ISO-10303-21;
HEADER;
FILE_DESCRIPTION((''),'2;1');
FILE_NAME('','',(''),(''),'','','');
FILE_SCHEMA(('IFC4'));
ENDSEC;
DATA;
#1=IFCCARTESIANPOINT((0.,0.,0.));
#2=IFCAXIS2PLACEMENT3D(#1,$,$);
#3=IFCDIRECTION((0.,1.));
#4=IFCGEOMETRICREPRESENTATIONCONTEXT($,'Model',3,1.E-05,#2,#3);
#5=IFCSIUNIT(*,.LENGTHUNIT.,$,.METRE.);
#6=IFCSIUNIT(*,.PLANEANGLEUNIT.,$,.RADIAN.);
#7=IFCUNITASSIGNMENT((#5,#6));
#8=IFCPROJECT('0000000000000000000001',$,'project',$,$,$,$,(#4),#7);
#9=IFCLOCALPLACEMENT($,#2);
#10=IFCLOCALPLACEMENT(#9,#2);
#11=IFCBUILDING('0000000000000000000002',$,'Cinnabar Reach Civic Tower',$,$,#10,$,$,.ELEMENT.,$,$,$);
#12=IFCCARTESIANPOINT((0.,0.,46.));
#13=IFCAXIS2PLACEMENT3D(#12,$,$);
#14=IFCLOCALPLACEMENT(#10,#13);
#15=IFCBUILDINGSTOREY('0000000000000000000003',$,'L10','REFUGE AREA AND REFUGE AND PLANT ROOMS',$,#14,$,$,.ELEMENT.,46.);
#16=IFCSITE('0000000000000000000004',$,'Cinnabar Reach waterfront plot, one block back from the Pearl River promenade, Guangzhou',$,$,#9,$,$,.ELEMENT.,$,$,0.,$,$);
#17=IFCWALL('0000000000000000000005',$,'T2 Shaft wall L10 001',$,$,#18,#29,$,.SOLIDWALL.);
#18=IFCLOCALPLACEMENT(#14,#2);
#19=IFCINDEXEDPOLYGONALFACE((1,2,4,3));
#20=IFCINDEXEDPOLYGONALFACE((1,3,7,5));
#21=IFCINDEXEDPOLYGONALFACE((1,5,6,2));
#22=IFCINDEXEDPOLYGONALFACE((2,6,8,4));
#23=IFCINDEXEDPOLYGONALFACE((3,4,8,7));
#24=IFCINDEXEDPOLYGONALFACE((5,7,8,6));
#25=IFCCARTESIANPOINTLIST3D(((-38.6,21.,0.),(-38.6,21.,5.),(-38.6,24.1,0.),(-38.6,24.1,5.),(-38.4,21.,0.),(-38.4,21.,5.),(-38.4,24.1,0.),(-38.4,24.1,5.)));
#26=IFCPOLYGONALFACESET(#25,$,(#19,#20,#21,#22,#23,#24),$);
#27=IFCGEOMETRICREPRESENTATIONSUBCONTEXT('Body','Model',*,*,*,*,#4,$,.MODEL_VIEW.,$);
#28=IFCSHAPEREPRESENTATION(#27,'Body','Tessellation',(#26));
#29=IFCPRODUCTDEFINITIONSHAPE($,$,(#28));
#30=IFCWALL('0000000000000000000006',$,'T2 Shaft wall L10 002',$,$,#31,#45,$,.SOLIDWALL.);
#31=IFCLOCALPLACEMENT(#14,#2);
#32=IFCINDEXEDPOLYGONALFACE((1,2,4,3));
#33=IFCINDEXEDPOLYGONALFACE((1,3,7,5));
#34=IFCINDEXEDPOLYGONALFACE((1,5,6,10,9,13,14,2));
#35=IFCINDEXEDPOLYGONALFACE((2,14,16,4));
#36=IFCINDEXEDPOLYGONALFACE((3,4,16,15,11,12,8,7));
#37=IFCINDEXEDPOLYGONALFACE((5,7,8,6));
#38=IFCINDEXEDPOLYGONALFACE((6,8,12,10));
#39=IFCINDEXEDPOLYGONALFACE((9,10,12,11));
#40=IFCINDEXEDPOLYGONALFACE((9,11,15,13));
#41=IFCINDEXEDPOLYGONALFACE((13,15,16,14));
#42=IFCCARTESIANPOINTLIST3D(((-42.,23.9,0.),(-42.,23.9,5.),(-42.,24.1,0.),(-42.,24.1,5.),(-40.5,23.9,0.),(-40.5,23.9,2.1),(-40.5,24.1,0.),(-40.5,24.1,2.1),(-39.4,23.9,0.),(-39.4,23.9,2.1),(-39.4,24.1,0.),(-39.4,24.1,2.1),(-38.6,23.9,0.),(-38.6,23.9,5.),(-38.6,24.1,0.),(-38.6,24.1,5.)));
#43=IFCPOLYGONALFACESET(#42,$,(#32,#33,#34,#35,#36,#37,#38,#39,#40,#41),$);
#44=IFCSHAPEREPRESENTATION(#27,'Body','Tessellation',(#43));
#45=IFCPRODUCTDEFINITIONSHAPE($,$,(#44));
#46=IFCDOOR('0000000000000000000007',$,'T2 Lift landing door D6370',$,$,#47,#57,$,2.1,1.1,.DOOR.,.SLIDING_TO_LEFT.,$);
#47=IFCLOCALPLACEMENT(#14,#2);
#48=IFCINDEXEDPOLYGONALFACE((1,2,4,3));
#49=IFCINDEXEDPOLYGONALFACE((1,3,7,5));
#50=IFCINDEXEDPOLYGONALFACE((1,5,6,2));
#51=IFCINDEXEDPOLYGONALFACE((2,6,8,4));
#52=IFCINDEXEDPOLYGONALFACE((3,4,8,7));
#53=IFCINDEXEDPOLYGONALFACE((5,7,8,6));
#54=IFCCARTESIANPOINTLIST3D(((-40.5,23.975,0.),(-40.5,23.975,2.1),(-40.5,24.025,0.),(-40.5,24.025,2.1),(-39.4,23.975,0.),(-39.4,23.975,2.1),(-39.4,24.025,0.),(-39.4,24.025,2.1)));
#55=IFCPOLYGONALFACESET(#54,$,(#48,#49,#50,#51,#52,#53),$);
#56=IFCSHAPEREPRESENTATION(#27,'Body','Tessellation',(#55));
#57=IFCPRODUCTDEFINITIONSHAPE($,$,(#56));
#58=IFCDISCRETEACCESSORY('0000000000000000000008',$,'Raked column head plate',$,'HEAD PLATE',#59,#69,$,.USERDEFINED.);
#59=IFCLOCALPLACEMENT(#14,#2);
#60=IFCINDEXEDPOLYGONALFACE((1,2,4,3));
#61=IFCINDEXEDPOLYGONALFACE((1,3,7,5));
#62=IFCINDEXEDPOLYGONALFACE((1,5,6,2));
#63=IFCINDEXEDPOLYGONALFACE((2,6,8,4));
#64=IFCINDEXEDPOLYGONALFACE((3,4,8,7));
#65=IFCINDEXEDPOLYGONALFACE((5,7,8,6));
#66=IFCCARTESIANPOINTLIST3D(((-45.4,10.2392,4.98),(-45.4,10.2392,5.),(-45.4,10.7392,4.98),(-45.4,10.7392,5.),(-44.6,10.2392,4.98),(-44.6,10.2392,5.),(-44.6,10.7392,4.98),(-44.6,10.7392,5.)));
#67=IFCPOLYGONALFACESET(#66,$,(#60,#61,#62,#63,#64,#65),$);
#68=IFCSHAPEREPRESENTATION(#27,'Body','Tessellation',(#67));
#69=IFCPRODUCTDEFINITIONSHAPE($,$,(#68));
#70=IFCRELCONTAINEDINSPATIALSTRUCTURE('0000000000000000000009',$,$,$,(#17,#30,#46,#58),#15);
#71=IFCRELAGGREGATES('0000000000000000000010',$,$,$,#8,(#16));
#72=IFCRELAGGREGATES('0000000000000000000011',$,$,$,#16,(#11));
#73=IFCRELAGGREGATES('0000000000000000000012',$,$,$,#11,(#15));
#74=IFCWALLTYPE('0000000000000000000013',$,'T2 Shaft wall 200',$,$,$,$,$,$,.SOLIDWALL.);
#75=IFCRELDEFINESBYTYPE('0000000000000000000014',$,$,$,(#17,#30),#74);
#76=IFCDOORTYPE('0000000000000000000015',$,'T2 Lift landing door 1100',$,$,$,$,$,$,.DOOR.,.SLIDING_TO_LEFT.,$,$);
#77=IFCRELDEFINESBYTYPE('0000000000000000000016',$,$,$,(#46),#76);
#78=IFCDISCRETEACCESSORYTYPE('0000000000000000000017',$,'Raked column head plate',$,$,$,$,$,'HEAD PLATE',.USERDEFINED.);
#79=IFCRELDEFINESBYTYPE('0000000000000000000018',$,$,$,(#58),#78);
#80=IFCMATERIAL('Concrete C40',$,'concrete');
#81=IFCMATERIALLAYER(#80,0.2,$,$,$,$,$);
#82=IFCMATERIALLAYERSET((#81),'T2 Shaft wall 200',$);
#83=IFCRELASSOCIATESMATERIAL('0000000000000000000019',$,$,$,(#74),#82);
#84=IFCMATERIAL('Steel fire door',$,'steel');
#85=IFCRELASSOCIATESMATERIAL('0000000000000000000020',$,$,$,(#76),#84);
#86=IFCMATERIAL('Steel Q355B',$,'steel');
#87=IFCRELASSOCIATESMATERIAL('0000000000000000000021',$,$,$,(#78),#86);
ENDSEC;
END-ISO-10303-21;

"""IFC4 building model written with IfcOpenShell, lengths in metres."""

from ifc_helpers import new_model, si_unit, direction, frame, frame_2d, origin, origin_2d, place, context, subcontext, project, spatial, rectangle, extrude, material, layer, layer_set, type_object, element, fill, save


model = new_model("IFC4")

# Units and contexts
model_context = context("Model", 3, precision=1e-05, world=origin(), true_north=direction((0.0, 1.0)))
body_context = subcontext(model_context, "Body", "Model", "MODEL_VIEW")
ifc_project = project(units=[si_unit("LENGTHUNIT", "METRE"), si_unit("PLANEANGLEUNIT", "RADIAN")], contexts=[model_context])

# Site, building, storey
site_placement = place(None, origin())
site = spatial("IfcSite", under=ifc_project, at=site_placement, Name="Cinnabar Reach waterfront plot, one block back from the Pearl River promenade, Guangzhou", CompositionType="ELEMENT", RefElevation=0.0)
building_placement = place(site_placement, origin())
building = spatial("IfcBuilding", under=site, at=building_placement, Name="Cinnabar Reach Civic Tower", CompositionType="ELEMENT")
storey_placement = place(building_placement, frame((0.0, 0.0, 46.0)))
storey = spatial("IfcBuildingStorey", under=building, at=storey_placement, Name="L10", Description="REFUGE AREA AND REFUGE AND PLANT ROOMS", CompositionType="ELEMENT", Elevation=46.0)

# Shared definitions
ifc_material_1 = material(Name="Steel Q355B", Category="steel")

# Wall
ifc_material_2 = material(Name="Concrete C40", Category="concrete")
ifc_layer_1 = layer(ifc_material_2, 0.2)
ifc_layer_set_1 = layer_set([ifc_layer_1], Name="T2 Shaft wall 200")
wall_type_1 = type_object("IfcWallType", Name="T2 Shaft wall 200", PredefinedType="SOLIDWALL", material=ifc_layer_set_1)
wall_1_placement = place(storey_placement, frame((-38.5, 21.0, 0.0), z_axis=(0.0, 0.0, 1.0), x_axis=(0.0, 1.0, 0.0)))
element("IfcWall", 1, at=wall_1_placement, inside=storey, type_object=wall_type_1, Name="T2 Shaft wall L10 001", PredefinedType="SOLIDWALL", context=body_context, shape_type="SweptSolid", body=[
    extrude(rectangle(XDim=3.1, YDim=0.2, at=frame_2d((1.55, 0.0))), origin(), (0.0, 0.0, 1.0), 5.0),
])

# Wall, opening, door
wall_2_placement = place(storey_placement, frame((-38.6, 24.0, 0.0), z_axis=(0.0, 0.0, 1.0), x_axis=(-1.0, 0.0, 0.0)))
wall_2 = element("IfcWall", 2, at=wall_2_placement, inside=storey, type_object=wall_type_1, Name="T2 Shaft wall L10 002", PredefinedType="SOLIDWALL", context=body_context, shape_type="SweptSolid", body=[
    extrude(rectangle(XDim=3.4, YDim=0.2, at=frame_2d((1.7, 0.0))), origin(), (0.0, 0.0, 1.0), 5.0),
])
opening_placement = place(wall_2_placement, frame((0.8, 0.0, 0.0)))
opening = element("IfcOpeningElement", 3, at=opening_placement, cuts=wall_2, PredefinedType="OPENING", context=body_context, shape_type="SweptSolid", body=[
    extrude(rectangle(XDim=1.1, YDim=2.1, at=frame_2d((0.55, 1.05))), frame((0.0, 0.11, 0.0), z_axis=(0.0, -1.0, 0.0), x_axis=(1.0, 0.0, 0.0)), (0.0, 0.0, 1.0), 0.22),
])
ifc_material_3 = material(Name="Steel fire door", Category="steel")
door_type = type_object("IfcDoorType", Name="T2 Lift landing door 1100", OperationType="SLIDING_TO_LEFT", PredefinedType="DOOR", material=ifc_material_3)
door_placement = place(opening_placement, origin())
door = element("IfcDoor", 4, at=door_placement, inside=storey, type_object=door_type, Name="T2 Lift landing door D6370", OperationType="SLIDING_TO_LEFT", OverallHeight=2.1, OverallWidth=1.1, PredefinedType="DOOR", context=body_context, shape_type="SweptSolid", body=[
    extrude(rectangle(XDim=1.1, YDim=2.1, at=frame_2d((0.55, 1.05))), frame((0.0, 0.025, 0.0), z_axis=(0.0, -1.0, 0.0), x_axis=(1.0, 0.0, 0.0)), (0.0, 0.0, 1.0), 0.05),
])
fill(opening, door)

# Discrete accessory
discrete_accessory_type = type_object("IfcDiscreteAccessoryType", Name="Raked column head plate", ElementType="HEAD PLATE", PredefinedType="USERDEFINED", material=ifc_material_1)
discrete_accessory_placement = place(storey_placement, frame((-45.0, 10.4892, 4.98), z_axis=(0.0, 0.0, 1.0), x_axis=(0.0, 1.0, 0.0)))
element("IfcDiscreteAccessory", 5, at=discrete_accessory_placement, inside=storey, type_object=discrete_accessory_type, Name="Raked column head plate", ObjectType="HEAD PLATE", PredefinedType="USERDEFINED", context=body_context, shape_type="SweptSolid", body=[
    extrude(rectangle(XDim=0.5, YDim=0.8, at=origin_2d()), origin(), (0.0, 0.0, 1.0), 0.02),
])

save(model, "model.ifc")
